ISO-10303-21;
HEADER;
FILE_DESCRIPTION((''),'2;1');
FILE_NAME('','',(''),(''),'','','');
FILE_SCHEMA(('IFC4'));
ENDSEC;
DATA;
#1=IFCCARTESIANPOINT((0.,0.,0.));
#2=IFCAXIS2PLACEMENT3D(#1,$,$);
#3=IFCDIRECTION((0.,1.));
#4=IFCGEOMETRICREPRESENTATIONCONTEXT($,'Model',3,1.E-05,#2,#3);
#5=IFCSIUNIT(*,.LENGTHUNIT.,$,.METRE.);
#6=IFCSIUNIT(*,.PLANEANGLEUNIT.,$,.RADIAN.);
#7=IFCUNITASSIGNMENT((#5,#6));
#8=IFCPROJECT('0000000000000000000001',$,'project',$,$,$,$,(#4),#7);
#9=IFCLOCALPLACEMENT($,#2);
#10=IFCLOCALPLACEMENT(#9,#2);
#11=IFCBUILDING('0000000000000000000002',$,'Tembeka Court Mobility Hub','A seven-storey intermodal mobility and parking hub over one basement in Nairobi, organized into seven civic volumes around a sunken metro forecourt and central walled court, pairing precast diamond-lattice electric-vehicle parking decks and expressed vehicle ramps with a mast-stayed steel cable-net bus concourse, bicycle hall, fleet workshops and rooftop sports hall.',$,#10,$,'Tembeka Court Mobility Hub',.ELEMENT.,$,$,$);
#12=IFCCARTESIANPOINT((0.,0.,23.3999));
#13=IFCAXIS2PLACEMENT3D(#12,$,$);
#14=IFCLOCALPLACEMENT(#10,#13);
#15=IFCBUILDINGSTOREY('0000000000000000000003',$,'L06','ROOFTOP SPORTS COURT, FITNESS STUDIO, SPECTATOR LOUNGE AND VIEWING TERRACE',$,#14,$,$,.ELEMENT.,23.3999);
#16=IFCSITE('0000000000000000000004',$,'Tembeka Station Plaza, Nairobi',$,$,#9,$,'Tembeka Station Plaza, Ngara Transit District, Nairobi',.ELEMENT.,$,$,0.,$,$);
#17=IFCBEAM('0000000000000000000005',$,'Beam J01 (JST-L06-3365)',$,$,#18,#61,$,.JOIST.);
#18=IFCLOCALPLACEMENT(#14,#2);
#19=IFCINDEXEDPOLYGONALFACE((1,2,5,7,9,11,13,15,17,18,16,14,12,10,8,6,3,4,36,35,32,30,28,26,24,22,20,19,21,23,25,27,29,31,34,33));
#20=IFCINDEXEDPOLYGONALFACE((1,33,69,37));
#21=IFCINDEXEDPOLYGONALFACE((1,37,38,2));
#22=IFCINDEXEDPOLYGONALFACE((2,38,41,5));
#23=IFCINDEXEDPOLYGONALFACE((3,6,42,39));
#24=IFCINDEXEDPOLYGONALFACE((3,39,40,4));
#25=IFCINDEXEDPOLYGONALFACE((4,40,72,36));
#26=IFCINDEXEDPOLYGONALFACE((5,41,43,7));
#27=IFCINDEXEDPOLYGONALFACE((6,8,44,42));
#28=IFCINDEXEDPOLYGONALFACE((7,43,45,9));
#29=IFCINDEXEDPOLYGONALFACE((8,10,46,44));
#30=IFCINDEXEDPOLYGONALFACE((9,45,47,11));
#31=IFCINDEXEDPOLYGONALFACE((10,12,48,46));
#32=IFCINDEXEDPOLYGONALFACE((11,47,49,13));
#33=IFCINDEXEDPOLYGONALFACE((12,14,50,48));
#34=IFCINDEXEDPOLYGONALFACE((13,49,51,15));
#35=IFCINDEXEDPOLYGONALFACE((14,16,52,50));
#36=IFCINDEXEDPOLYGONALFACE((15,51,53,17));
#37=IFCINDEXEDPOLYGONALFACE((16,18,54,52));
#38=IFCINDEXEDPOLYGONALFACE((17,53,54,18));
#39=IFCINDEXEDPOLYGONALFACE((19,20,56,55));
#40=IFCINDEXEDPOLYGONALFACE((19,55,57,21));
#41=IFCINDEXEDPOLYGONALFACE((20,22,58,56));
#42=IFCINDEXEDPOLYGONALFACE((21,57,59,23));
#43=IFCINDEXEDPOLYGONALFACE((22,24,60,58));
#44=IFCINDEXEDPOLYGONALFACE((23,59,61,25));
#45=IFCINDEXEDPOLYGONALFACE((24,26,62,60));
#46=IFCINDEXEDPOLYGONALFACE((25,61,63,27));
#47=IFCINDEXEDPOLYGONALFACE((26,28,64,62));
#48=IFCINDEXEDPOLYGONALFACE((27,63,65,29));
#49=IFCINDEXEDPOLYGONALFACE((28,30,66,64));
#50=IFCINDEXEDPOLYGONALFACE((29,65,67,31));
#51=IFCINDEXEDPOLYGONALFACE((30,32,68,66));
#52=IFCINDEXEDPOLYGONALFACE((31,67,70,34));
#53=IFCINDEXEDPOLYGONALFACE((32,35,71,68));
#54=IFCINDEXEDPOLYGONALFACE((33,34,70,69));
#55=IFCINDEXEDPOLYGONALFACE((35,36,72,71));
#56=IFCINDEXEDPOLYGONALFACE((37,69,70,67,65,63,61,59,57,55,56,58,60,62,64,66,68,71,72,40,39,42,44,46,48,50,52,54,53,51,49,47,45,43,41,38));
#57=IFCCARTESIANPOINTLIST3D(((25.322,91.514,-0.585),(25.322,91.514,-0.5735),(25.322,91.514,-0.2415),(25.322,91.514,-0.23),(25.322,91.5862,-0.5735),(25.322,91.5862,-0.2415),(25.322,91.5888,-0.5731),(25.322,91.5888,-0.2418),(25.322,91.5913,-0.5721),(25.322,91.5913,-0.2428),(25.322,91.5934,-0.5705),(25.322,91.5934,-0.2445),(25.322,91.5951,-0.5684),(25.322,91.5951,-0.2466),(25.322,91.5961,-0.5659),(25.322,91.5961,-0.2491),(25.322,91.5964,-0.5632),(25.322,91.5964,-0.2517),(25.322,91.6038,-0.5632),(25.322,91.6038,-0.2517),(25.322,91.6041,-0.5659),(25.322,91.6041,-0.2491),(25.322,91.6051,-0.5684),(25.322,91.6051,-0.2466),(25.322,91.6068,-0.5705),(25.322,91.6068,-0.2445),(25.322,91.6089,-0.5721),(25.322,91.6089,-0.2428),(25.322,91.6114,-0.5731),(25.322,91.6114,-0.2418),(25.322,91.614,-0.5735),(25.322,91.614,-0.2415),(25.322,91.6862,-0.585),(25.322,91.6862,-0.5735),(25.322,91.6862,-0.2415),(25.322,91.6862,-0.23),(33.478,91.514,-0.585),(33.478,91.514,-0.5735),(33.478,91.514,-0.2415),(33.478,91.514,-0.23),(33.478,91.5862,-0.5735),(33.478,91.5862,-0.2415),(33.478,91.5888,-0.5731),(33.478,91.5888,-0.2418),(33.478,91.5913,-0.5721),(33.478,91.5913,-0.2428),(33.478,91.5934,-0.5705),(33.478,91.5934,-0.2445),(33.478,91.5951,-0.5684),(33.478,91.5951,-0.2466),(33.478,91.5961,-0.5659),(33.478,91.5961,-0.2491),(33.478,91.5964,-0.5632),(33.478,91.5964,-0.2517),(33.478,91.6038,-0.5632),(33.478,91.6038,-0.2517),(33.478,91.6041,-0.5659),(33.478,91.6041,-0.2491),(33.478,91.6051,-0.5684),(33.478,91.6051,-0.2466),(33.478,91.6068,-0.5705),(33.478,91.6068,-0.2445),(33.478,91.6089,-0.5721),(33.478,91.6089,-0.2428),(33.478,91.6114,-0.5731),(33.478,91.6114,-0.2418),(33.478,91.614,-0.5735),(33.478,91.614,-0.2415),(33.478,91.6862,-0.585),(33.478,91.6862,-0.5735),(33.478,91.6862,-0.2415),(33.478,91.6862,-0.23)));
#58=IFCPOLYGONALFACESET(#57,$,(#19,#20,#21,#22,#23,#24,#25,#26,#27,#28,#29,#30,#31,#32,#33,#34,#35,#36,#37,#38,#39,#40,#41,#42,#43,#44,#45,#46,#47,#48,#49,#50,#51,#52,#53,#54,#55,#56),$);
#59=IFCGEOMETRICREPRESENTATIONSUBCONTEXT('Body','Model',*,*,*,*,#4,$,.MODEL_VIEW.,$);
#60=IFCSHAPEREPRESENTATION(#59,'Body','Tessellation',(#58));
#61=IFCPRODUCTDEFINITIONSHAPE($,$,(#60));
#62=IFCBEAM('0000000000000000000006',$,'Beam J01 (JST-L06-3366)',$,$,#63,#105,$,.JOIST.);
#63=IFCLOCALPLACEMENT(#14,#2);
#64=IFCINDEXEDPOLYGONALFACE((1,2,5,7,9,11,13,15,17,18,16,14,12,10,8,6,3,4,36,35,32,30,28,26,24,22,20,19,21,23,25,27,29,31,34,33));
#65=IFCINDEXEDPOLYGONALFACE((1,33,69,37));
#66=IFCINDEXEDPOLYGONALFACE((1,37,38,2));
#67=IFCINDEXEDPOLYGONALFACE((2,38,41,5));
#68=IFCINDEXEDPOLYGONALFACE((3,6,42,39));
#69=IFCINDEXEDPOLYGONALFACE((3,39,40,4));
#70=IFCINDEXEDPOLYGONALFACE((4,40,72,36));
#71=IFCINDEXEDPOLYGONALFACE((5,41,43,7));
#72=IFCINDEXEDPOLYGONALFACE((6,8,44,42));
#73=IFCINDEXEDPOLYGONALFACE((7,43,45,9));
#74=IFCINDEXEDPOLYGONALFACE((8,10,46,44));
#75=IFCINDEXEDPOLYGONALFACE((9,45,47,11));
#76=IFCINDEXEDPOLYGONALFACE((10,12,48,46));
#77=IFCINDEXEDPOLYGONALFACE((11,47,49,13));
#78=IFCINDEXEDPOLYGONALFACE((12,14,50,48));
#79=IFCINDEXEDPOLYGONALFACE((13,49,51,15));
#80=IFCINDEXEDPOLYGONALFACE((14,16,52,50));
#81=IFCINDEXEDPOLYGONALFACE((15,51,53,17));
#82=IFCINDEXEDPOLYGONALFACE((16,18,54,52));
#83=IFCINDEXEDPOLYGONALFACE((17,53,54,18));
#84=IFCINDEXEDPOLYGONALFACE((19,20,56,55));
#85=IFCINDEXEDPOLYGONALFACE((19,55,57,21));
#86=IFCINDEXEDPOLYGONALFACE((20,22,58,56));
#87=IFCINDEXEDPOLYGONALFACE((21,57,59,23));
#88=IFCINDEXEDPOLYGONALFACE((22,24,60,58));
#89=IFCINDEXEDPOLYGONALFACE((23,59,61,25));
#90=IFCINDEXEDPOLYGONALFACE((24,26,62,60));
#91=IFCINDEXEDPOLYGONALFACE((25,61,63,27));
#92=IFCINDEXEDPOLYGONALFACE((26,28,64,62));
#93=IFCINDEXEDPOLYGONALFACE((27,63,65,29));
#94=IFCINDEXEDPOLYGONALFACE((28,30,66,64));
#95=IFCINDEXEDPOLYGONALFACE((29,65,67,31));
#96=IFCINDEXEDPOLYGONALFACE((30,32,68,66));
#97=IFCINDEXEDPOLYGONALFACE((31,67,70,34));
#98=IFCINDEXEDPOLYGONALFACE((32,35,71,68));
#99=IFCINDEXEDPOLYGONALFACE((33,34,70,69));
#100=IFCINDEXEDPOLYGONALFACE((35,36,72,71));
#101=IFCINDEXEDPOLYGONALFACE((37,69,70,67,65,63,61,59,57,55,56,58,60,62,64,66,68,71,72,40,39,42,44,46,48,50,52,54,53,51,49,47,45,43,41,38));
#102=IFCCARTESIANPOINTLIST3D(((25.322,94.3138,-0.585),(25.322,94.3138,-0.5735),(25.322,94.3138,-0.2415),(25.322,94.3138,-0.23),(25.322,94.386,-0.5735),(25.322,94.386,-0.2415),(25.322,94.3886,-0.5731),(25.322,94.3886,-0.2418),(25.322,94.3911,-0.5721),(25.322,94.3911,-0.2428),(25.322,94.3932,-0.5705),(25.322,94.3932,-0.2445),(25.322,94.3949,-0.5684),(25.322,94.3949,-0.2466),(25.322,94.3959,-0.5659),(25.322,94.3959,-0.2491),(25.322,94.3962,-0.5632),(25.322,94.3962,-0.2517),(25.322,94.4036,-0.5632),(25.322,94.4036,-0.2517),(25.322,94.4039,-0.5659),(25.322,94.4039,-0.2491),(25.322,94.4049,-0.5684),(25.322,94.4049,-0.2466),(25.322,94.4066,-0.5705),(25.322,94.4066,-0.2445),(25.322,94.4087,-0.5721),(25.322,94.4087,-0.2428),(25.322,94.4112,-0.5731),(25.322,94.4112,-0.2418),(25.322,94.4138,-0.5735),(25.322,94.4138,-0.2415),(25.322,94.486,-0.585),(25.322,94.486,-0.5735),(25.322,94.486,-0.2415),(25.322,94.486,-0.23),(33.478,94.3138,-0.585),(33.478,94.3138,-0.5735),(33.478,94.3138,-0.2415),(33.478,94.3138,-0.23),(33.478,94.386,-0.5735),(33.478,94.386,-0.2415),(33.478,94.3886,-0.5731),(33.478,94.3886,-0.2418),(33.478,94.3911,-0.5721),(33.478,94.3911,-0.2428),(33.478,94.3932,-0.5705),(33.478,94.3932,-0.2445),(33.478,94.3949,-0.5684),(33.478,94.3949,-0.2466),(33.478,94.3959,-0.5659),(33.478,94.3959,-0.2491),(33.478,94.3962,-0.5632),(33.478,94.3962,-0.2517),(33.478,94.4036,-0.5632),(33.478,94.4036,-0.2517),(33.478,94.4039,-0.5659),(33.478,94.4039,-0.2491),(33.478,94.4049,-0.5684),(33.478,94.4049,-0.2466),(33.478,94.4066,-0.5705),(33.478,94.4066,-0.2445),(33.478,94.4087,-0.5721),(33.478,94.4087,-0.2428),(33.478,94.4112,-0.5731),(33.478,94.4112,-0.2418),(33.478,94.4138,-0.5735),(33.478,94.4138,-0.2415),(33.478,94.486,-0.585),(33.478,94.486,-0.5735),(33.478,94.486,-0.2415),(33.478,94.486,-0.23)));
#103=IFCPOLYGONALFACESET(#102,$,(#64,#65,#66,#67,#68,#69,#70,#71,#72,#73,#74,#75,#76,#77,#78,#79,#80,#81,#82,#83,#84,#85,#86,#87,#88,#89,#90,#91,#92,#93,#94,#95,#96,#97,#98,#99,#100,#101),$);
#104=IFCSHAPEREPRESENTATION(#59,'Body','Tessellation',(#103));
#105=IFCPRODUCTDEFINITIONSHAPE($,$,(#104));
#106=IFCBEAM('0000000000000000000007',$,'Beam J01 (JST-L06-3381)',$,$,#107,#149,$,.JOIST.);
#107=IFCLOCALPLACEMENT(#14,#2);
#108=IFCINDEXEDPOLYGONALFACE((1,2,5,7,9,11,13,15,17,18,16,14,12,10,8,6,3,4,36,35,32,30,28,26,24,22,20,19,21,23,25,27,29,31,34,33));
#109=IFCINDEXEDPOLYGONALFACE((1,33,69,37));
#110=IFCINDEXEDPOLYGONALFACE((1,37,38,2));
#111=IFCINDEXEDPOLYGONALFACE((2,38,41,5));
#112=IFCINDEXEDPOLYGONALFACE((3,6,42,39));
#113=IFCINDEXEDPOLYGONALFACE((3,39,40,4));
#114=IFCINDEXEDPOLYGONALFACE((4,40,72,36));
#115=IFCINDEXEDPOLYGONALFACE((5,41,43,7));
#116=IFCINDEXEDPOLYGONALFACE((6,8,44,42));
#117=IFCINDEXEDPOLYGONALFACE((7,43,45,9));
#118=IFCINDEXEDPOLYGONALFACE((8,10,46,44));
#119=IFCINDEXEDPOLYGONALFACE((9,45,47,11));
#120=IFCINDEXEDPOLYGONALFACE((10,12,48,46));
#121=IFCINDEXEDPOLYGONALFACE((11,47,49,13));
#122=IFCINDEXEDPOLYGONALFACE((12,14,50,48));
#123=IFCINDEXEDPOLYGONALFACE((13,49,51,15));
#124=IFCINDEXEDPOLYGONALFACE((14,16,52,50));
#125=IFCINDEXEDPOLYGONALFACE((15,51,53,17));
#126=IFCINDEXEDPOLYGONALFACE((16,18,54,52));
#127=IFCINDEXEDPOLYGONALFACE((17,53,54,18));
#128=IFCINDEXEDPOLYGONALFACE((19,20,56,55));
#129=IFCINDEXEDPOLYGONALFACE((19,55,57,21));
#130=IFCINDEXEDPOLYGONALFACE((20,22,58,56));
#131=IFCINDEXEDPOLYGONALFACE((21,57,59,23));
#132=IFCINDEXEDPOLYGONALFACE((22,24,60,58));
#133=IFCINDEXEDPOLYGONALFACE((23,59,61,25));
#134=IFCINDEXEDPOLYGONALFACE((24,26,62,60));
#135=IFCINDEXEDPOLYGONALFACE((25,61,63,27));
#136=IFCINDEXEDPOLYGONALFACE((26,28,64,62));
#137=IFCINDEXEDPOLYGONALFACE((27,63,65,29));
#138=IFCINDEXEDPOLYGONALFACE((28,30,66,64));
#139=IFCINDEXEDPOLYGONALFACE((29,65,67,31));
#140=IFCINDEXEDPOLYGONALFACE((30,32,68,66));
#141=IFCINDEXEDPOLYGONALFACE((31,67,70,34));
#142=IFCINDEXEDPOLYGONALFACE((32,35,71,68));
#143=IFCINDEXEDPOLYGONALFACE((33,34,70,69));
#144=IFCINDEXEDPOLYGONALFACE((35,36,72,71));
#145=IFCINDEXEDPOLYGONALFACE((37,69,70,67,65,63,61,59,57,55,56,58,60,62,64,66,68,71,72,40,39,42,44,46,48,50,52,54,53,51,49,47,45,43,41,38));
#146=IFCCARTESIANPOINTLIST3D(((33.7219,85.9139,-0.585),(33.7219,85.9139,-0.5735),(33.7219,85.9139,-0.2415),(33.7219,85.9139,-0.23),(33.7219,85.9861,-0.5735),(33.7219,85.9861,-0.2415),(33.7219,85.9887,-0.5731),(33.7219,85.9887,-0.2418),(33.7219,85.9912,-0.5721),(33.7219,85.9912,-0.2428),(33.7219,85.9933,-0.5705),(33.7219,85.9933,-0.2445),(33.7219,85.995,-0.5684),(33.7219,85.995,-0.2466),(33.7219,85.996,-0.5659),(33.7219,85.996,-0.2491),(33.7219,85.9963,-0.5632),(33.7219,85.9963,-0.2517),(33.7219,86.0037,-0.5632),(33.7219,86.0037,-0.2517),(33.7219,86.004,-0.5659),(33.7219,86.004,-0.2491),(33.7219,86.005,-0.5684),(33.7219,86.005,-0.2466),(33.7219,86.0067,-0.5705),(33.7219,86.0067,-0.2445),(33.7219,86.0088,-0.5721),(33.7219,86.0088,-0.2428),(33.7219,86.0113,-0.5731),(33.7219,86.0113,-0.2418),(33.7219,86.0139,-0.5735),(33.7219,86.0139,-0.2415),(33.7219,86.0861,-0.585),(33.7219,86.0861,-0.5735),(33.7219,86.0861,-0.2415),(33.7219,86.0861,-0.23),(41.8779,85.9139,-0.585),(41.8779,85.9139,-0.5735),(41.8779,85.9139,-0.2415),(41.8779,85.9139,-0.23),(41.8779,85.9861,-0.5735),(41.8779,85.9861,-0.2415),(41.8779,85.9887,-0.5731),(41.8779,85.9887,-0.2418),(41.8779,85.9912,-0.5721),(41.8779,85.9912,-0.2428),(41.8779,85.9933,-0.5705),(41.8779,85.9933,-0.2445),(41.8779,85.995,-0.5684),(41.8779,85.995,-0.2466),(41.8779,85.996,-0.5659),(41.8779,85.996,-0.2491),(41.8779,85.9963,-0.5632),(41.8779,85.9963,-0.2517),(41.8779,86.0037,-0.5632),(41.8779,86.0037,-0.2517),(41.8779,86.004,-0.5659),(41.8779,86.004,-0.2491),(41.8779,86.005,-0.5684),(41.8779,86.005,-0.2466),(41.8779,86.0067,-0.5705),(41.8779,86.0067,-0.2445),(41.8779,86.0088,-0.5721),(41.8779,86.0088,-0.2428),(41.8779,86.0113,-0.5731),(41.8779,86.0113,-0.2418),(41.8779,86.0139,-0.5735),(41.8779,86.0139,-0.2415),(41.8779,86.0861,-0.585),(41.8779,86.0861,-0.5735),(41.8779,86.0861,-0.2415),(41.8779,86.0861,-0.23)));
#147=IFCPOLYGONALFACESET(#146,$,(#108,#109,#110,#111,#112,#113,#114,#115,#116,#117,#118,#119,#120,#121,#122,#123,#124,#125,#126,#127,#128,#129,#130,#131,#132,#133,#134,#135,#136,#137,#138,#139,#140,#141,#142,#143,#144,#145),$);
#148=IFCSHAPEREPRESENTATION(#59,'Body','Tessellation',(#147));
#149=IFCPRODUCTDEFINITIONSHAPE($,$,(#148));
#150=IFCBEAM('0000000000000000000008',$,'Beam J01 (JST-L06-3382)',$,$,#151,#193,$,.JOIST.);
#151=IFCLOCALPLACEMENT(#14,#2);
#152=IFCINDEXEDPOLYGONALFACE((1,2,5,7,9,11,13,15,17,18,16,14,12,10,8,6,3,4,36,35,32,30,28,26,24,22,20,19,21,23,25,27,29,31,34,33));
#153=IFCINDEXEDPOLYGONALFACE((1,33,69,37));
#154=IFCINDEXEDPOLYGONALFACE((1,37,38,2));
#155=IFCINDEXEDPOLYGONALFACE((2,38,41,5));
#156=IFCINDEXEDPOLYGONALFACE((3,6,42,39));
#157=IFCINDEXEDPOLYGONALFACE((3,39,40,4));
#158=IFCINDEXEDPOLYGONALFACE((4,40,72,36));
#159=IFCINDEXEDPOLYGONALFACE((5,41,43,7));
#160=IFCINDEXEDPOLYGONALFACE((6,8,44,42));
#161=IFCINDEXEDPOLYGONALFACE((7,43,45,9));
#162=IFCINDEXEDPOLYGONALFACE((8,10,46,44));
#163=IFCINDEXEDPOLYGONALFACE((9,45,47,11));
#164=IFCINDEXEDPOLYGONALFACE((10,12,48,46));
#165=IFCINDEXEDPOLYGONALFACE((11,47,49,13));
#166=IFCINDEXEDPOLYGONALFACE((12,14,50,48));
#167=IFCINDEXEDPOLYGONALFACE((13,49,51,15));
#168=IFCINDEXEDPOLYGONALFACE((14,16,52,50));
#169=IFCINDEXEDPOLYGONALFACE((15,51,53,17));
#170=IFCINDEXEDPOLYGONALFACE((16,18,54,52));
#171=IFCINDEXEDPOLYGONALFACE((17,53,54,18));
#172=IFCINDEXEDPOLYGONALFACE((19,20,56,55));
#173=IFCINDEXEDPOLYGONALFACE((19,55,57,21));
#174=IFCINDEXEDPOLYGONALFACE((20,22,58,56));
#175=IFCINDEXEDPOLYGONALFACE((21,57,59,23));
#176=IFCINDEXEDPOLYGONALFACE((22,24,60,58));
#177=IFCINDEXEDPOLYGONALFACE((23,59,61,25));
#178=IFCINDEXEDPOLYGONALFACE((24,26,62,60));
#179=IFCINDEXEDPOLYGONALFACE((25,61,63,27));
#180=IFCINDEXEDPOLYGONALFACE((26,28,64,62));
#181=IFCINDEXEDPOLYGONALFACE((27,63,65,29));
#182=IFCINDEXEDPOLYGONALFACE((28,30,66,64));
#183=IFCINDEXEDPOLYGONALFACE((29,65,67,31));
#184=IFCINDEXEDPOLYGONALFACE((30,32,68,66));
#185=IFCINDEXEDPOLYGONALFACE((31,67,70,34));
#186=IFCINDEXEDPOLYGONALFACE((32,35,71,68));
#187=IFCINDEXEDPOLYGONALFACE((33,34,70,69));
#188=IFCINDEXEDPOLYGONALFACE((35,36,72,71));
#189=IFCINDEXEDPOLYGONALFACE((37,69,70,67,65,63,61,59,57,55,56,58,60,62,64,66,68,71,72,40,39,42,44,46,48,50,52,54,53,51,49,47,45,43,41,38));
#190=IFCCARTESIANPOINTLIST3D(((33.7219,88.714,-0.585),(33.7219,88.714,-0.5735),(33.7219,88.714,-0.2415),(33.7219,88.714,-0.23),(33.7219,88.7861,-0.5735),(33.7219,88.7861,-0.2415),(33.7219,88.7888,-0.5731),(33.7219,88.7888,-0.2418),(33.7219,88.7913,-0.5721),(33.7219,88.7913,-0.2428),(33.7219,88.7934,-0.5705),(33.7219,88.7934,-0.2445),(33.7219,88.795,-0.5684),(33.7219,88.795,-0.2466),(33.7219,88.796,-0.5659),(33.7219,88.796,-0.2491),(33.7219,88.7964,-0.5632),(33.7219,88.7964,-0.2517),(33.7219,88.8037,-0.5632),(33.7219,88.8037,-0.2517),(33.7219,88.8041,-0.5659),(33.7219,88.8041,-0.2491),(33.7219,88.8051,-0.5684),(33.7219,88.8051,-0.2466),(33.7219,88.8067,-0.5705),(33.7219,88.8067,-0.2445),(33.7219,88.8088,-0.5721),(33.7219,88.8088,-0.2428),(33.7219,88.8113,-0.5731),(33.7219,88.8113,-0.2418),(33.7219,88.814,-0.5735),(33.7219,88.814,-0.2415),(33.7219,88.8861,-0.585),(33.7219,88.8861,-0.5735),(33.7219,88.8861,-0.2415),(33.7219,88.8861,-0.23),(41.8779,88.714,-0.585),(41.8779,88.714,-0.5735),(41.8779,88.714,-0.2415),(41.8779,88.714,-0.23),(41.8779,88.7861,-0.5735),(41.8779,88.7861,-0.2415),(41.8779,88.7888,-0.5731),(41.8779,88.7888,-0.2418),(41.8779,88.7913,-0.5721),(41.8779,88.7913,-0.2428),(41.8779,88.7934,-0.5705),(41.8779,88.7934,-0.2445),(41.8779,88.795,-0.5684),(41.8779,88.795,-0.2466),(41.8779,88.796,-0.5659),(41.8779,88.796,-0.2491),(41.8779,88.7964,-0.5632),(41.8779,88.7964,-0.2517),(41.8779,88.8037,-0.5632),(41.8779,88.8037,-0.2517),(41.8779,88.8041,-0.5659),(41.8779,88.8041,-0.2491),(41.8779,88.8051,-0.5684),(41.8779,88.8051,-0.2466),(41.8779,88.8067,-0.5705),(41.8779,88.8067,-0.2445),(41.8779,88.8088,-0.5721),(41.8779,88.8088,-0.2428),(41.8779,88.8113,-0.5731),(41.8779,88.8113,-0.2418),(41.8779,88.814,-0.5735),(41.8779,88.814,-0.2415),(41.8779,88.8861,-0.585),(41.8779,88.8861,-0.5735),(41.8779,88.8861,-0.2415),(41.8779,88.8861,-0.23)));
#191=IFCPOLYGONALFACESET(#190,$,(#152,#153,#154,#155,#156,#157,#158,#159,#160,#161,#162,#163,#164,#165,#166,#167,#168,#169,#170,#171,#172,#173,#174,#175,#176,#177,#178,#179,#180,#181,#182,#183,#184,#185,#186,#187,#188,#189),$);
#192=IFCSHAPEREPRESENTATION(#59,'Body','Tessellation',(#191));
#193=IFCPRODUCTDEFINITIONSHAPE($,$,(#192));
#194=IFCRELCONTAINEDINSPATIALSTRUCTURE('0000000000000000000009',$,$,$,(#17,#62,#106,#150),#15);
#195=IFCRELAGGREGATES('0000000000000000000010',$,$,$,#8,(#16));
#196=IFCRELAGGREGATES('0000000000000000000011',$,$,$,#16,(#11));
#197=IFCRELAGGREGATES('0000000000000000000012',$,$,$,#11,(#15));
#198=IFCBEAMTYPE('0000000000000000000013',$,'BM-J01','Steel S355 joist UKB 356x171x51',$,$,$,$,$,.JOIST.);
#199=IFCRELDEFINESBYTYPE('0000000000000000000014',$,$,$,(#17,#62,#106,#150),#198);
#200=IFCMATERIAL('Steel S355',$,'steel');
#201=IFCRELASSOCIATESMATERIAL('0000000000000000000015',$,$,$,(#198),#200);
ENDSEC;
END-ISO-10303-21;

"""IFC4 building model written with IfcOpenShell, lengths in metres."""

from ifc_helpers import new_model, si_unit, direction, frame, origin, origin_2d, place, context, subcontext, project, spatial, i_section, extrude, material, material_profile, profile_set, type_object, element, save


model = new_model("IFC4")

# Units and contexts
model_context = context("Model", 3, precision=1e-05, world=origin(), true_north=direction((0.0, 1.0)))
body_context = subcontext(model_context, "Body", "Model", "MODEL_VIEW")
ifc_project = project(units=[si_unit("LENGTHUNIT", "METRE"), si_unit("PLANEANGLEUNIT", "RADIAN")], contexts=[model_context])

# Site, building, storey
site_placement = place(None, origin())
site = spatial("IfcSite", under=ifc_project, at=site_placement, Name="Tembeka Station Plaza, Nairobi", LongName="Tembeka Station Plaza, Ngara Transit District, Nairobi", CompositionType="ELEMENT", RefElevation=0.0)
building_placement = place(site_placement, origin())
building = spatial("IfcBuilding", under=site, at=building_placement, Name="Tembeka Court Mobility Hub", Description="A seven-storey intermodal mobility and parking hub over one basement in Nairobi, organized into seven civic volumes around a sunken metro forecourt and central walled court, pairing precast diamond-lattice electric-vehicle parking decks and expressed vehicle ramps with a mast-stayed steel cable-net bus concourse, bicycle hall, fleet workshops and rooftop sports hall.", LongName="Tembeka Court Mobility Hub", CompositionType="ELEMENT")
storey_placement = place(building_placement, frame((0.0, 0.0, 23.3999)))
storey = spatial("IfcBuildingStorey", under=building, at=storey_placement, Name="L06", Description="ROOFTOP SPORTS COURT, FITNESS STUDIO, SPECTATOR LOUNGE AND VIEWING TERRACE", CompositionType="ELEMENT", Elevation=23.3999)

# Beams
ifc_material_1 = material(Name="Steel S355", Category="steel")
ifc_material_profile_1 = material_profile(ifc_material_1, i_section(OverallWidth=0.1721, OverallDepth=0.355, WebThickness=0.0073, FlangeThickness=0.0115, FilletRadius=0.0103, at=origin_2d()), Name="UKB 356x171x51")
ifc_profile_set_1 = profile_set([ifc_material_profile_1], Name="Steel S355")
beam_type_1 = type_object("IfcBeamType", Name="BM-J01", Description="Steel S355 joist UKB 356x171x51", PredefinedType="JOIST", material=ifc_profile_set_1)
for number, where, z_axis, x_axis, name in (
    (1, (25.322, 91.6001, -0.4075), (1.0, 0.0, 0.0), (0.0, 1.0, 0.0), "Beam J01 (JST-L06-3365)"),
    (2, (25.322, 94.3999, -0.4075), (1.0, 0.0, 0.0), (0.0, 1.0, 0.0), "Beam J01 (JST-L06-3366)"),
    (3, (33.7219, 86.0, -0.4075), (1.0, 0.0, 0.0), (0.0, 1.0, 0.0), "Beam J01 (JST-L06-3381)"),
    (4, (33.7219, 88.8, -0.4075), (1.0, 0.0, 0.0), (0.0, 1.0, 0.0), "Beam J01 (JST-L06-3382)"),
):
    element("IfcBeam", number, at=place(storey_placement, frame(where, z_axis=z_axis, x_axis=x_axis)), inside=storey, type_object=beam_type_1, Name=name, PredefinedType="JOIST", context=body_context, shape_type="SweptSolid", body=[
        extrude(i_section(OverallWidth=0.1721, OverallDepth=0.355, WebThickness=0.0073, FlangeThickness=0.0115, FilletRadius=0.0103, at=origin_2d()), origin(), (0.0, 0.0, 1.0), 8.156),
    ])

save(model, "model.ifc")
